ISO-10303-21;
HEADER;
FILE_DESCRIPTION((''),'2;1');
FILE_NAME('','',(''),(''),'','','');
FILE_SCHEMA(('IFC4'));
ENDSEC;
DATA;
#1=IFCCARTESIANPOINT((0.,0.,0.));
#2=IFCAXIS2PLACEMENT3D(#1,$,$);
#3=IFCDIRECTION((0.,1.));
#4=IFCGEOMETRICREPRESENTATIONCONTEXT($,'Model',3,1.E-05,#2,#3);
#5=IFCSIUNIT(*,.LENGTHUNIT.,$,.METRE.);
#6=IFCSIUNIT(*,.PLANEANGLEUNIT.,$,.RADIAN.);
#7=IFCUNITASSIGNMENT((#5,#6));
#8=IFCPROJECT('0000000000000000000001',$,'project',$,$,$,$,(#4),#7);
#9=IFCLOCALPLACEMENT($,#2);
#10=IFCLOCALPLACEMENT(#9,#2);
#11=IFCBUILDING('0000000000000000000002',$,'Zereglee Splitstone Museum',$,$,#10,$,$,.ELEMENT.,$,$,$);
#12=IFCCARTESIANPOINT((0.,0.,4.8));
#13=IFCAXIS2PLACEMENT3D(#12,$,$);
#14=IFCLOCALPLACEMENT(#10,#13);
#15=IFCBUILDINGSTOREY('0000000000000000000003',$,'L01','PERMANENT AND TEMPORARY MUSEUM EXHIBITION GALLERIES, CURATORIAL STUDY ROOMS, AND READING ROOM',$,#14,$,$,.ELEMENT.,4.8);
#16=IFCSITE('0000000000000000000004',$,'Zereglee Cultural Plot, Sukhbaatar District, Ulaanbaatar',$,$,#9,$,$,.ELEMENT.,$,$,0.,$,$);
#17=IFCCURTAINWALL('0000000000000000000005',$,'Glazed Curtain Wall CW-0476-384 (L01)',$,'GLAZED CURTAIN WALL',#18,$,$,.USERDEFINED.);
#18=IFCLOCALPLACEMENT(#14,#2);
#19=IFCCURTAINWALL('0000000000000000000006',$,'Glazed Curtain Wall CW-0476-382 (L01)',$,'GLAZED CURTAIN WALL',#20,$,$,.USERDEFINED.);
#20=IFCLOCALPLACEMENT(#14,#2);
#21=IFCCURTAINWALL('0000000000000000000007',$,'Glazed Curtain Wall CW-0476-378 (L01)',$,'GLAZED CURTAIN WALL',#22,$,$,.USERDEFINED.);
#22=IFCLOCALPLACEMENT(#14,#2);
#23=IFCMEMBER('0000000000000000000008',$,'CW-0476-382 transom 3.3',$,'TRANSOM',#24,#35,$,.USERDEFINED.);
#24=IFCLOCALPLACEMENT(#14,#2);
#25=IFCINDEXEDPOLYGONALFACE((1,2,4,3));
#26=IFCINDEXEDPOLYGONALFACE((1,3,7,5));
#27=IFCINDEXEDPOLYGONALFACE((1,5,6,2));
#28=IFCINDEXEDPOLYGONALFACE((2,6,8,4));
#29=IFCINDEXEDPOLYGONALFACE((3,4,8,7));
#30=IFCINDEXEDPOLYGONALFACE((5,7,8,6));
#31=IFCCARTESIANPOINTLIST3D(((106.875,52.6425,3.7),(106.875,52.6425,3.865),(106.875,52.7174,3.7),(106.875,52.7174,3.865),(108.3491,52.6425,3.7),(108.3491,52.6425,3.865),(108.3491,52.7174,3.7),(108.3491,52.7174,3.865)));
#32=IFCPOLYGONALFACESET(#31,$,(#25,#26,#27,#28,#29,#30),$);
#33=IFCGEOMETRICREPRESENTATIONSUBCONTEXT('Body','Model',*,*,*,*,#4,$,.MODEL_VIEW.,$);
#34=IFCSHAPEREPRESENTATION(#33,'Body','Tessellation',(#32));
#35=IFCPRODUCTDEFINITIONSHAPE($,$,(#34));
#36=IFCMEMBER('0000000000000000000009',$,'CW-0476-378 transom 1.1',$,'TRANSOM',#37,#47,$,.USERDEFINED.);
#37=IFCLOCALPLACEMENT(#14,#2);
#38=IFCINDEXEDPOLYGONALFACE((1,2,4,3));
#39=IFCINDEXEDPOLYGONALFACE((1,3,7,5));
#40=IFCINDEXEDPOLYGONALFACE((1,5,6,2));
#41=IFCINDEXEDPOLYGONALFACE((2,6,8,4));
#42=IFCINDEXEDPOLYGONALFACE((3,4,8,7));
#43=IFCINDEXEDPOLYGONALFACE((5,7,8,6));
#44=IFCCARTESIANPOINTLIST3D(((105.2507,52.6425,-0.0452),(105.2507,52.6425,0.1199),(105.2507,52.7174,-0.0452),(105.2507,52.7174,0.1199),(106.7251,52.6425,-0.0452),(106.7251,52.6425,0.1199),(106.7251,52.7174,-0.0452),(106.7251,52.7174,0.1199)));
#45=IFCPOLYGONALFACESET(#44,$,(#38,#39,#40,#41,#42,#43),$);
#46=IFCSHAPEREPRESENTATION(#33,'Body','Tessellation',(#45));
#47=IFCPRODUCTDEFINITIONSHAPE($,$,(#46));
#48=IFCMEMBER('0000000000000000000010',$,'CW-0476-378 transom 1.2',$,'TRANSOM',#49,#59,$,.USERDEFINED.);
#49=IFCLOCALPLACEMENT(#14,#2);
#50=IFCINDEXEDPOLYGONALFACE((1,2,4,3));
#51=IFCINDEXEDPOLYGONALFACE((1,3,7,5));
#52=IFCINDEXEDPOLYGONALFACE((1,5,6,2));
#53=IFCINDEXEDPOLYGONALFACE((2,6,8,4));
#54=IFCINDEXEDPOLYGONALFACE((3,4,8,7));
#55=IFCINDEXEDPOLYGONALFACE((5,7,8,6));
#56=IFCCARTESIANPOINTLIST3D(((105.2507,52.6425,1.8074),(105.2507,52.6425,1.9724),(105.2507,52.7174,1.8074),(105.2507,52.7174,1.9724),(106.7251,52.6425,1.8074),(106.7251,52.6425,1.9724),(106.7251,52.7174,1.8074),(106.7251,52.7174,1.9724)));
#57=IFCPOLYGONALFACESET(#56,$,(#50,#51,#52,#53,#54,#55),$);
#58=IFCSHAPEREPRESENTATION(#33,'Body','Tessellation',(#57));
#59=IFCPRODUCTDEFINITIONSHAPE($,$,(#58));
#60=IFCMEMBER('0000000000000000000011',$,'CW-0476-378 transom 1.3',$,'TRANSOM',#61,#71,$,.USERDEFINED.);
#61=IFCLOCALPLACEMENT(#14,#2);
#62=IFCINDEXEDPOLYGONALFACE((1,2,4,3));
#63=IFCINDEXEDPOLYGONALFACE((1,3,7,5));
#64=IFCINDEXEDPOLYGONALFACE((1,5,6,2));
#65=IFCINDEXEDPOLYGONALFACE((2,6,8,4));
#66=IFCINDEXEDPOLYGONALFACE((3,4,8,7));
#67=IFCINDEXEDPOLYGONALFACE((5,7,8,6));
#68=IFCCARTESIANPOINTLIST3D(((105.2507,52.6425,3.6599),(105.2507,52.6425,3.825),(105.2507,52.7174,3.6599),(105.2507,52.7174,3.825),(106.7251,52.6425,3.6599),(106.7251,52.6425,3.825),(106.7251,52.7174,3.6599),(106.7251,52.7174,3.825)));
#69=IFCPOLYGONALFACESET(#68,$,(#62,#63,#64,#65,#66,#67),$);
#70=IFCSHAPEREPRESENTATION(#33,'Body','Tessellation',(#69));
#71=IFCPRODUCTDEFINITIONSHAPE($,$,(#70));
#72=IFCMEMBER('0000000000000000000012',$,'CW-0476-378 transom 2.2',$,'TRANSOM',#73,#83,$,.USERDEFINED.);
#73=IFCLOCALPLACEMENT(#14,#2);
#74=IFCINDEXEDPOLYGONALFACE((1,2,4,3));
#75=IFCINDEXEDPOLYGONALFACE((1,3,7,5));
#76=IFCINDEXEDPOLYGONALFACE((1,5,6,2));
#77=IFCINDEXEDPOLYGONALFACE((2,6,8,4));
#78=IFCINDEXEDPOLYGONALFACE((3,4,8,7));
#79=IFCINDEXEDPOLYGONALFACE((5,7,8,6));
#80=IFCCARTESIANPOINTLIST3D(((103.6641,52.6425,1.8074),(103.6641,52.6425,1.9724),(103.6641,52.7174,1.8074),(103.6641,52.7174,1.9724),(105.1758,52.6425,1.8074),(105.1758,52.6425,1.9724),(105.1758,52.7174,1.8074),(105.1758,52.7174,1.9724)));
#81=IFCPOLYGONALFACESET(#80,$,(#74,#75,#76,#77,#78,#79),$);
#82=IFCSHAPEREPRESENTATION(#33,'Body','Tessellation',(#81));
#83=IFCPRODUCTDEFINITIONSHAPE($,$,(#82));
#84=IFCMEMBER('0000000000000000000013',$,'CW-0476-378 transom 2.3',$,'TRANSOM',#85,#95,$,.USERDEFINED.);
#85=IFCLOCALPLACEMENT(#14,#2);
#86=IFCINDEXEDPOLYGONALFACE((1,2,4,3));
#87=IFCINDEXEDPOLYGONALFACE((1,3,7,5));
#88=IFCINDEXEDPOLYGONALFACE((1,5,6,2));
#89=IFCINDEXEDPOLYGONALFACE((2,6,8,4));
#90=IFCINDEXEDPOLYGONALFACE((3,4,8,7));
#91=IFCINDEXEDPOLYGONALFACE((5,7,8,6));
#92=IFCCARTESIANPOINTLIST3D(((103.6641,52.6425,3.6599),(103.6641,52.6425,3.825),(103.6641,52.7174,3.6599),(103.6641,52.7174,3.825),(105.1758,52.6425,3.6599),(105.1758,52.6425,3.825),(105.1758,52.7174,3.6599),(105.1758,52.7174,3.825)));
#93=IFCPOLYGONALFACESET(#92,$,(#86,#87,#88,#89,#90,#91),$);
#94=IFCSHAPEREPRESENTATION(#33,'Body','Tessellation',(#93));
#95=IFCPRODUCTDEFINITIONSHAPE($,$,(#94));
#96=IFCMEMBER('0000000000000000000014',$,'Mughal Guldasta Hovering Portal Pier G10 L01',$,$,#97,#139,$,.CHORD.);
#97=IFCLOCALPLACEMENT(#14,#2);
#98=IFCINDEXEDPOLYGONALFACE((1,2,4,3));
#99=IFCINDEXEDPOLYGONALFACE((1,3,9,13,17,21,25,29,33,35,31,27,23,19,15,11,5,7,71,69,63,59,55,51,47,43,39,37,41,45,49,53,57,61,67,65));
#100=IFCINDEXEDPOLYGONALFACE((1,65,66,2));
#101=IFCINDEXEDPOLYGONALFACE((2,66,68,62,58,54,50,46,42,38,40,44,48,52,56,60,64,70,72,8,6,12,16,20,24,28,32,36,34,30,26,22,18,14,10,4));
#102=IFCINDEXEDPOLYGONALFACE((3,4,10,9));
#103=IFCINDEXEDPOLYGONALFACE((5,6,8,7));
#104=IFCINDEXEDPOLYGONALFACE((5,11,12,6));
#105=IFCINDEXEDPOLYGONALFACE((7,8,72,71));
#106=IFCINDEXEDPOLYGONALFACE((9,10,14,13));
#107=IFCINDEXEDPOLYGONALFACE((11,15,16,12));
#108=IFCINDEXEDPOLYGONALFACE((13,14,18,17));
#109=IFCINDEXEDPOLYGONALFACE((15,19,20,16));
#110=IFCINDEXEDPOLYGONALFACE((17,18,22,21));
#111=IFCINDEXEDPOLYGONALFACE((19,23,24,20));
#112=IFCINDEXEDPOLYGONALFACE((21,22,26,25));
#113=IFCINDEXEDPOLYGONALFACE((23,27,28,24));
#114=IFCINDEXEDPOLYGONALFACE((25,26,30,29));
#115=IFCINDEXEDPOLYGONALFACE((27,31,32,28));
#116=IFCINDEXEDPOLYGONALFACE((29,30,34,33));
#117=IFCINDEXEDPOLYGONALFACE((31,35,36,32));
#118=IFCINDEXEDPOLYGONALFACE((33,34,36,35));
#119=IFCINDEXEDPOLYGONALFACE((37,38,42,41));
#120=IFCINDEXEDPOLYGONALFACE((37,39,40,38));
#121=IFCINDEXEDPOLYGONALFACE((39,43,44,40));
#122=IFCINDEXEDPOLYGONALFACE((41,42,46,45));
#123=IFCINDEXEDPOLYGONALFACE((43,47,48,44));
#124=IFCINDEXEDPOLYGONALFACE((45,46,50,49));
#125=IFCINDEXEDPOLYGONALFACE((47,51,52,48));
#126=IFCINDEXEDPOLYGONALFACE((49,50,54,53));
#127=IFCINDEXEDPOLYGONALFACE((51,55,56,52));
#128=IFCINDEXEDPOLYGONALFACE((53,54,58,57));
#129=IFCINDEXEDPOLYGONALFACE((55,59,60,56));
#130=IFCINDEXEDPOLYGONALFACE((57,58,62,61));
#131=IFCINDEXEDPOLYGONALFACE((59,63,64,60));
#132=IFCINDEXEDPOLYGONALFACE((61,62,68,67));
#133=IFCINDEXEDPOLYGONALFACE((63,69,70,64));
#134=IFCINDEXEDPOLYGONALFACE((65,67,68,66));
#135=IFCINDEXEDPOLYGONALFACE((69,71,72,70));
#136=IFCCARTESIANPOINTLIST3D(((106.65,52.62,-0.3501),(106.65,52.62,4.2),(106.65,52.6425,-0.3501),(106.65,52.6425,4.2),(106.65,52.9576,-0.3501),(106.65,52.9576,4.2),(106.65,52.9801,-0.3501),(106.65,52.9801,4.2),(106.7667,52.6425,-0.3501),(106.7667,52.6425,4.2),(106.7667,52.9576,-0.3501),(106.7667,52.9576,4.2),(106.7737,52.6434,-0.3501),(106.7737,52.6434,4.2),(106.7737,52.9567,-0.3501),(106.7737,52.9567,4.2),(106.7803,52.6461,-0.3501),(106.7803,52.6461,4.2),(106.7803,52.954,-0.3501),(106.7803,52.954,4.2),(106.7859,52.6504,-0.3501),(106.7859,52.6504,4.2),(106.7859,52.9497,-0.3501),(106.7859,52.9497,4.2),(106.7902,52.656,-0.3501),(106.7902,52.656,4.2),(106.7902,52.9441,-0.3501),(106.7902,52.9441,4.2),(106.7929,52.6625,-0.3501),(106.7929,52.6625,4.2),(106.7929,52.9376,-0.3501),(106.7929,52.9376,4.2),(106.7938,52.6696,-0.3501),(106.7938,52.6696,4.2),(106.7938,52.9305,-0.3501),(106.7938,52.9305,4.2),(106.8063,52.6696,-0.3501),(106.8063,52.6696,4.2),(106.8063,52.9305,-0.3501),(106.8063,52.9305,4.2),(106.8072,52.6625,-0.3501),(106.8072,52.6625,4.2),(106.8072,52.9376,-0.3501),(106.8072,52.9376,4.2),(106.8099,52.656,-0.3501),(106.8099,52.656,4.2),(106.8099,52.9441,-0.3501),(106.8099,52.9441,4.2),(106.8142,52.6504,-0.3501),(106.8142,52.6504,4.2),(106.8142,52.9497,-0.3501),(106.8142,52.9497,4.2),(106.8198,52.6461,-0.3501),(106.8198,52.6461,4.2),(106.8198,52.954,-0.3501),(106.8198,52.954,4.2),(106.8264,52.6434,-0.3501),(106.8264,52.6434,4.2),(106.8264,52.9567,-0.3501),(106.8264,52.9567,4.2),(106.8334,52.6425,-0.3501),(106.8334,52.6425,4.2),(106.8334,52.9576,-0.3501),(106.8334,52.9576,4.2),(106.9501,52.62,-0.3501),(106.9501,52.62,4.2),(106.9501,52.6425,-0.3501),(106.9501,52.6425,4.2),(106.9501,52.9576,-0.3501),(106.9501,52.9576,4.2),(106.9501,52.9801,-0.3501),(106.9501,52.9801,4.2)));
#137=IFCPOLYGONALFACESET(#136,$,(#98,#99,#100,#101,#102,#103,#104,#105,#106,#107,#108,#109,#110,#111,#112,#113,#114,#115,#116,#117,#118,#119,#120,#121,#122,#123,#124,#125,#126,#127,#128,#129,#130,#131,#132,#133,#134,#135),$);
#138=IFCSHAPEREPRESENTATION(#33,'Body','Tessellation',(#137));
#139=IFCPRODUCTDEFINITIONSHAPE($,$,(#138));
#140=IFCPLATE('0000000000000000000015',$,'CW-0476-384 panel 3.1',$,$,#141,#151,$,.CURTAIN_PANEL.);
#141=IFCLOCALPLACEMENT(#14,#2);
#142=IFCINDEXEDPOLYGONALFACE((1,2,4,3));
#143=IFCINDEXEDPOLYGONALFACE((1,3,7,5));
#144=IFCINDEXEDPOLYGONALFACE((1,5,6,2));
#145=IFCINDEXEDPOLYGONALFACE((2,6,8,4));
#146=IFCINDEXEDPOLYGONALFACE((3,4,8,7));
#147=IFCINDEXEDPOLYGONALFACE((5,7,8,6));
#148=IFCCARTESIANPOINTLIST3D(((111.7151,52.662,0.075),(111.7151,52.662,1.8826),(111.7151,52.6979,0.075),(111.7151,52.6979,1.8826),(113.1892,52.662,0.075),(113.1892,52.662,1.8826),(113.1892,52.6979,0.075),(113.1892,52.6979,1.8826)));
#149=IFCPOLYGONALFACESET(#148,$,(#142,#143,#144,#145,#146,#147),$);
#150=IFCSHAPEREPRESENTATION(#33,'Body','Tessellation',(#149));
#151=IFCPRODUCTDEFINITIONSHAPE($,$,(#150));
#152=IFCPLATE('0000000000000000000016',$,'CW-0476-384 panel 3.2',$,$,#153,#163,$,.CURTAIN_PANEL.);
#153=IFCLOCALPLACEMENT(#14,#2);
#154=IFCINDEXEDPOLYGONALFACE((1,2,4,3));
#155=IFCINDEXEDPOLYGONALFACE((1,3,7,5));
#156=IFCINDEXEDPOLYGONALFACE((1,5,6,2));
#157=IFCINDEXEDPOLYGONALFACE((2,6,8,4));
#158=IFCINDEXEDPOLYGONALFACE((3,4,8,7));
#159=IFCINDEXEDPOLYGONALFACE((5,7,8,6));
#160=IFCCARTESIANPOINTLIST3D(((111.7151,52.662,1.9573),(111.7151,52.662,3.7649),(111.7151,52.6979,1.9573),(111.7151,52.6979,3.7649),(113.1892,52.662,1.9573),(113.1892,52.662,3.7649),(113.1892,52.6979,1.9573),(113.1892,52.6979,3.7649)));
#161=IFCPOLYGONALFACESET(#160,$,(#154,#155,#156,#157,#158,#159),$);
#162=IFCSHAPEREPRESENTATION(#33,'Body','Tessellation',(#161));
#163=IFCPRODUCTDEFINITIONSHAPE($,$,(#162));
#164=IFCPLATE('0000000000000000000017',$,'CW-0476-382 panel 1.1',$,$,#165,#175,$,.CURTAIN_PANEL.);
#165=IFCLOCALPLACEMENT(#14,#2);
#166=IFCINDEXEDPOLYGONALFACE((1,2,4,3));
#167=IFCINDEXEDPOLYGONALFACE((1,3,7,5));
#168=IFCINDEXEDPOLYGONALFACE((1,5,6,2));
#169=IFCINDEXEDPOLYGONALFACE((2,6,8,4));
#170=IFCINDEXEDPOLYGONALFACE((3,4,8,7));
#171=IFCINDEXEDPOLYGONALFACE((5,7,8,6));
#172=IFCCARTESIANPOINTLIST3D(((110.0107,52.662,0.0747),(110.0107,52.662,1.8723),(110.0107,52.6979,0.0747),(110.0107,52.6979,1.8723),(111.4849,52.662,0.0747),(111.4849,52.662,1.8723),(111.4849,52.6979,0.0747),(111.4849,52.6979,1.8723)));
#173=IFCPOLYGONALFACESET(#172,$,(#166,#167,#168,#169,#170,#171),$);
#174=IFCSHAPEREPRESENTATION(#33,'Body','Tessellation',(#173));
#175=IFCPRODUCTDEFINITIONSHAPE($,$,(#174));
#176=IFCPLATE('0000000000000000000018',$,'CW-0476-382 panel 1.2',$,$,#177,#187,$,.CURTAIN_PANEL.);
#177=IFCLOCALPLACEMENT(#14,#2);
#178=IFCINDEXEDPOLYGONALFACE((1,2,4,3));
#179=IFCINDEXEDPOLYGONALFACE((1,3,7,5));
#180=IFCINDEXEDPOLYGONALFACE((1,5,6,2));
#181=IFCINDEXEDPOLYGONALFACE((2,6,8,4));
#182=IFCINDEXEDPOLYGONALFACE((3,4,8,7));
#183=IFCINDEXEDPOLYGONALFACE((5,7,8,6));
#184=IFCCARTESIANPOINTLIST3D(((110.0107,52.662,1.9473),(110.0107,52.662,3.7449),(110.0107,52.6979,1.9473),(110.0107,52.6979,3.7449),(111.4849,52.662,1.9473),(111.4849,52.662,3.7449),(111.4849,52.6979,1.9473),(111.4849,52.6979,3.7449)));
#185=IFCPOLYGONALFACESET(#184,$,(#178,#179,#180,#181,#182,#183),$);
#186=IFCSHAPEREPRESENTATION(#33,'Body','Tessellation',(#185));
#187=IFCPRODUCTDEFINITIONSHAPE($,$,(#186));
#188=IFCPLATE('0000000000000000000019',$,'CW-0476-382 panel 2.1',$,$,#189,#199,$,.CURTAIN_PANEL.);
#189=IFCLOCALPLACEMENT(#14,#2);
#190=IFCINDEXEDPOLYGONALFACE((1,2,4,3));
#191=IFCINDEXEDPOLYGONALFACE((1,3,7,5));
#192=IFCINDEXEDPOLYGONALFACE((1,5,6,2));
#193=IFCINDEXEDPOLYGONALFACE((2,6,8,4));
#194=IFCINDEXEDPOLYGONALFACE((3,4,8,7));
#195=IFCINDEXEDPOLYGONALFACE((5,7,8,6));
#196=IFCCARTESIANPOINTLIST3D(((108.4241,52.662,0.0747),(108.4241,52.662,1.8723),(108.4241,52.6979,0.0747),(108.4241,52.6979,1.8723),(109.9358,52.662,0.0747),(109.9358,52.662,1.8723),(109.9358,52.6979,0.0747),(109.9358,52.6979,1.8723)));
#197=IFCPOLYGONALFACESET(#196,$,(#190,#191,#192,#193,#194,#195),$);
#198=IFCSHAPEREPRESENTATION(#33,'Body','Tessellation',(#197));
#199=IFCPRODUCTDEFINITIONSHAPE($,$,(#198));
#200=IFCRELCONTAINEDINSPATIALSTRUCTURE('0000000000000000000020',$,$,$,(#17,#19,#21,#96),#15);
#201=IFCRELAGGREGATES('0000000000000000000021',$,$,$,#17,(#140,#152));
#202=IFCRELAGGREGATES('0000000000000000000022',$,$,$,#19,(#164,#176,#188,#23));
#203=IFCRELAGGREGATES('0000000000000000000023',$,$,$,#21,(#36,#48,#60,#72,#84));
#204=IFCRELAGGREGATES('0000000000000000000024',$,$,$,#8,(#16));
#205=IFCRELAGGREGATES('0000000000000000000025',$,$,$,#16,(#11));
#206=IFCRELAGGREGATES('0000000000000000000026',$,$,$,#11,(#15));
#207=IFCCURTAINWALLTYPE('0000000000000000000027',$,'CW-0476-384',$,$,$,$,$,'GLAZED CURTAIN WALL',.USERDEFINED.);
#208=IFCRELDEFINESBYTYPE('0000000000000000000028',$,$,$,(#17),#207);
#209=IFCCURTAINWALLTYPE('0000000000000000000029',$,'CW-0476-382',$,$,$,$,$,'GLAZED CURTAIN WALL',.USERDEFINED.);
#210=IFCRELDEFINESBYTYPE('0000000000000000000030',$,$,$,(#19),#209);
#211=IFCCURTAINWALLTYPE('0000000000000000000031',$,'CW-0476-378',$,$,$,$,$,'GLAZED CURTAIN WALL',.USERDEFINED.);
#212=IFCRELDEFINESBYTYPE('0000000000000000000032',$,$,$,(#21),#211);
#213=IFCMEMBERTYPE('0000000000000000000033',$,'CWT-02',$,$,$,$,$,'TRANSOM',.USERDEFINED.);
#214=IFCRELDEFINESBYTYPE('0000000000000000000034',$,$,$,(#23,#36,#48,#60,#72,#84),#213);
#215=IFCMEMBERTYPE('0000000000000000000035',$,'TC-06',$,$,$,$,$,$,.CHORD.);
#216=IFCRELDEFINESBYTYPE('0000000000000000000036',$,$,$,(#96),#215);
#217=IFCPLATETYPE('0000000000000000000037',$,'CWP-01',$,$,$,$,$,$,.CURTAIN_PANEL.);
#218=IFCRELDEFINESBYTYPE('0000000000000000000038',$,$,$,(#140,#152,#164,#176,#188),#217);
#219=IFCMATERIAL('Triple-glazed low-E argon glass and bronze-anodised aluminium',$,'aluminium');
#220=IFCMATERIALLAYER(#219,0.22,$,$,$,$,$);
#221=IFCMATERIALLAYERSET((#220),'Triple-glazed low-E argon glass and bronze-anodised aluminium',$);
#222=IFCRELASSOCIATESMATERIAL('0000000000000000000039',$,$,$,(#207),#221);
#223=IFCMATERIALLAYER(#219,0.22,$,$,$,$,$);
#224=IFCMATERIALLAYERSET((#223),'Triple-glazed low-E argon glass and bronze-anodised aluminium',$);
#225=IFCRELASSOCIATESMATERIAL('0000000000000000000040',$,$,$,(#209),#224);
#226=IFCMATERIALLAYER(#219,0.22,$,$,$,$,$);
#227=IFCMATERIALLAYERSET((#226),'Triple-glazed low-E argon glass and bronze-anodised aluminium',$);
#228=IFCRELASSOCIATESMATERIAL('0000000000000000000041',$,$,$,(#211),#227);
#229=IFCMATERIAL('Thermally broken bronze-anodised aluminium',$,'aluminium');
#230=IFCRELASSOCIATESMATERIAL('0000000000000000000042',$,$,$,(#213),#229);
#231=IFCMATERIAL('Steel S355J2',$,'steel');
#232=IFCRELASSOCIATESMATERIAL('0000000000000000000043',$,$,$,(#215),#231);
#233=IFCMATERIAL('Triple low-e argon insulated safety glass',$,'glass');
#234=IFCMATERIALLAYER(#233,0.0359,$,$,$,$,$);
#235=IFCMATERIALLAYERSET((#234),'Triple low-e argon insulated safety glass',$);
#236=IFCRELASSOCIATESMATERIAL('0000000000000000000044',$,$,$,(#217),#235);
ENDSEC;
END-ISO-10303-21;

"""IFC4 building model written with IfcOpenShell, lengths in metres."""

from ifc_helpers import new_model, si_unit, direction, frame, origin, origin_2d, place, context, subcontext, project, spatial, rectangle, i_section, extrude, material, layer, layer_set, material_profile, profile_set, type_object, element, aggregate, save


model = new_model("IFC4")

# Units and contexts
model_context = context("Model", 3, precision=1e-05, world=origin(), true_north=direction((0.0, 1.0)))
body_context = subcontext(model_context, "Body", "Model", "MODEL_VIEW")
ifc_project = project(units=[si_unit("LENGTHUNIT", "METRE"), si_unit("PLANEANGLEUNIT", "RADIAN")], contexts=[model_context])

# Site, building, storey
site_placement = place(None, origin())
site = spatial("IfcSite", under=ifc_project, at=site_placement, Name="Zereglee Cultural Plot, Sukhbaatar District, Ulaanbaatar", CompositionType="ELEMENT", RefElevation=0.0)
building_placement = place(site_placement, origin())
building = spatial("IfcBuilding", under=site, at=building_placement, Name="Zereglee Splitstone Museum", CompositionType="ELEMENT")
storey_placement = place(building_placement, frame((0.0, 0.0, 4.8)))
storey = spatial("IfcBuildingStorey", under=building, at=storey_placement, Name="L01", Description="PERMANENT AND TEMPORARY MUSEUM EXHIBITION GALLERIES, CURATORIAL STUDY ROOMS, AND READING ROOM", CompositionType="ELEMENT", Elevation=4.8)

# Curtain wall
ifc_material_1 = material(Name="Triple-glazed low-E argon glass and bronze-anodised aluminium", Category="aluminium")
ifc_layer_1 = layer(ifc_material_1, 0.22)
ifc_layer_set_1 = layer_set([ifc_layer_1], Name="Triple-glazed low-E argon glass and bronze-anodised aluminium")
curtain_wall_type_1 = type_object("IfcCurtainWallType", Name="CW-0476-384", ElementType="GLAZED CURTAIN WALL", PredefinedType="USERDEFINED", material=ifc_layer_set_1)
curtain_wall_1_placement = place(storey_placement, origin())
curtain_wall_1 = element("IfcCurtainWall", 1, at=curtain_wall_1_placement, inside=storey, type_object=curtain_wall_type_1, Name="Glazed Curtain Wall CW-0476-384 (L01)", ObjectType="GLAZED CURTAIN WALL", PredefinedType="USERDEFINED")
ifc_material_2 = material(Name="Thermally broken bronze-anodised aluminium", Category="aluminium")

# Curtain walls
ifc_layer_2 = layer(ifc_material_1, 0.22)
ifc_layer_set_2 = layer_set([ifc_layer_2], Name="Triple-glazed low-E argon glass and bronze-anodised aluminium")
curtain_wall_type_2 = type_object("IfcCurtainWallType", Name="CW-0476-382", ElementType="GLAZED CURTAIN WALL", PredefinedType="USERDEFINED", material=ifc_layer_set_2)
curtain_wall_2_placement = place(storey_placement, origin())
curtain_wall_2 = element("IfcCurtainWall", 2, at=curtain_wall_2_placement, inside=storey, type_object=curtain_wall_type_2, Name="Glazed Curtain Wall CW-0476-382 (L01)", ObjectType="GLAZED CURTAIN WALL", PredefinedType="USERDEFINED")
ifc_layer_3 = layer(ifc_material_1, 0.22)
ifc_layer_set_3 = layer_set([ifc_layer_3], Name="Triple-glazed low-E argon glass and bronze-anodised aluminium")
curtain_wall_type_3 = type_object("IfcCurtainWallType", Name="CW-0476-378", ElementType="GLAZED CURTAIN WALL", PredefinedType="USERDEFINED", material=ifc_layer_set_3)
curtain_wall_3_placement = place(storey_placement, origin())
curtain_wall_3 = element("IfcCurtainWall", 3, at=curtain_wall_3_placement, inside=storey, type_object=curtain_wall_type_3, Name="Glazed Curtain Wall CW-0476-378 (L01)", ObjectType="GLAZED CURTAIN WALL", PredefinedType="USERDEFINED")

# Members
ifc_material_profile_1 = material_profile(ifc_material_2, rectangle(XDim=0.075, YDim=0.165, at=origin_2d()), Name="CW TRAN 75x165")
ifc_profile_set_1 = profile_set([ifc_material_profile_1], Name="Thermally broken bronze-anodised aluminium")
member_type_1 = type_object("IfcMemberType", Name="CWT-02", ElementType="TRANSOM", PredefinedType="USERDEFINED", material=ifc_profile_set_1)
member_1_placement = place(storey_placement, frame((108.3491, 52.6799, 3.7825), z_axis=(-1.0, 0.0, 0.0), x_axis=(0.0, -1.0, 0.0)))
member_1 = element("IfcMember", 4, at=member_1_placement, type_object=member_type_1, Name="CW-0476-382 transom 3.3", ObjectType="TRANSOM", PredefinedType="USERDEFINED", context=body_context, shape_type="SweptSolid", body=[
    extrude(rectangle(XDim=0.075, YDim=0.165, at=origin_2d()), origin(), (0.0, 0.0, 1.0), 1.4741),
])
member_2_placement = place(storey_placement, frame((106.7251, 52.6799, 0.0374), z_axis=(-1.0, 0.0, 0.0), x_axis=(0.0, -1.0, 0.0)))
member_2 = element("IfcMember", 5, at=member_2_placement, type_object=member_type_1, Name="CW-0476-378 transom 1.1", ObjectType="TRANSOM", PredefinedType="USERDEFINED", context=body_context, shape_type="SweptSolid", body=[
    extrude(rectangle(XDim=0.075, YDim=0.165, at=origin_2d()), origin(), (0.0, 0.0, 1.0), 1.4744),
])
member_3_placement = place(storey_placement, frame((106.7251, 52.6799, 1.8899), z_axis=(-1.0, 0.0, 0.0), x_axis=(0.0, -1.0, 0.0)))
member_3 = element("IfcMember", 6, at=member_3_placement, type_object=member_type_1, Name="CW-0476-378 transom 1.2", ObjectType="TRANSOM", PredefinedType="USERDEFINED", context=body_context, shape_type="SweptSolid", body=[
    extrude(rectangle(XDim=0.075, YDim=0.165, at=origin_2d()), origin(), (0.0, 0.0, 1.0), 1.4744),
])
member_4_placement = place(storey_placement, frame((106.7251, 52.6799, 3.7424), z_axis=(-1.0, 0.0, 0.0), x_axis=(0.0, -1.0, 0.0)))
member_4 = element("IfcMember", 7, at=member_4_placement, type_object=member_type_1, Name="CW-0476-378 transom 1.3", ObjectType="TRANSOM", PredefinedType="USERDEFINED", context=body_context, shape_type="SweptSolid", body=[
    extrude(rectangle(XDim=0.075, YDim=0.165, at=origin_2d()), origin(), (0.0, 0.0, 1.0), 1.4744),
])
member_5_placement = place(storey_placement, frame((105.1758, 52.6799, 1.8899), z_axis=(-1.0, 0.0, 0.0), x_axis=(0.0, -1.0, 0.0)))
member_5 = element("IfcMember", 8, at=member_5_placement, type_object=member_type_1, Name="CW-0476-378 transom 2.2", ObjectType="TRANSOM", PredefinedType="USERDEFINED", context=body_context, shape_type="SweptSolid", body=[
    extrude(rectangle(XDim=0.075, YDim=0.165, at=origin_2d()), origin(), (0.0, 0.0, 1.0), 1.5117),
])
member_6_placement = place(storey_placement, frame((105.1758, 52.6799, 3.7424), z_axis=(-1.0, 0.0, 0.0), x_axis=(0.0, -1.0, 0.0)))
member_6 = element("IfcMember", 9, at=member_6_placement, type_object=member_type_1, Name="CW-0476-378 transom 2.3", ObjectType="TRANSOM", PredefinedType="USERDEFINED", context=body_context, shape_type="SweptSolid", body=[
    extrude(rectangle(XDim=0.075, YDim=0.165, at=origin_2d()), origin(), (0.0, 0.0, 1.0), 1.5117),
])
ifc_material_3 = material(Name="Steel S355J2", Category="steel")
ifc_material_profile_2 = material_profile(ifc_material_3, i_section(OverallWidth=0.3, OverallDepth=0.3601, WebThickness=0.0125, FlangeThickness=0.0225, FilletRadius=0.0271, at=origin_2d()), Name="HE 360 B")
ifc_profile_set_2 = profile_set([ifc_material_profile_2], Name="Steel S355J2")
member_type_2 = type_object("IfcMemberType", Name="TC-06", PredefinedType="CHORD", material=ifc_profile_set_2)
member_7_placement = place(storey_placement, frame((106.8, 52.8, -0.3501), z_axis=(0.0, 0.0, 1.0), x_axis=(1.0, 0.0, 0.0)))
element("IfcMember", 10, at=member_7_placement, inside=storey, type_object=member_type_2, Name="Mughal Guldasta Hovering Portal Pier G10 L01", PredefinedType="CHORD", context=body_context, shape_type="SweptSolid", body=[
    extrude(i_section(OverallWidth=0.3, OverallDepth=0.3601, WebThickness=0.0125, FlangeThickness=0.0225, FilletRadius=0.0271, at=origin_2d()), origin(), (0.0, 0.0, 1.0), 4.55),
])

# Plates
ifc_material_4 = material(Name="Triple low-e argon insulated safety glass", Category="glass")
ifc_layer_4 = layer(ifc_material_4, 0.0359)
ifc_layer_set_4 = layer_set([ifc_layer_4], Name="Triple low-e argon insulated safety glass")
plate_type = type_object("IfcPlateType", Name="CWP-01", PredefinedType="CURTAIN_PANEL", material=ifc_layer_set_4)
plate_1_placement = place(storey_placement, frame((112.4521, 52.6799, 0.075), z_axis=(0.0, 0.0, 1.0), x_axis=(-1.0, 0.0, 0.0)))
plate_1 = element("IfcPlate", 11, at=plate_1_placement, type_object=plate_type, Name="CW-0476-384 panel 3.1", PredefinedType="CURTAIN_PANEL", context=body_context, shape_type="SweptSolid", body=[
    extrude(rectangle(XDim=1.4741, YDim=0.0359, at=origin_2d()), origin(), (0.0, 0.0, 1.0), 1.8076),
])
plate_2_placement = place(storey_placement, frame((112.4521, 52.6799, 1.9573), z_axis=(0.0, 0.0, 1.0), x_axis=(-1.0, 0.0, 0.0)))
plate_2 = element("IfcPlate", 12, at=plate_2_placement, type_object=plate_type, Name="CW-0476-384 panel 3.2", PredefinedType="CURTAIN_PANEL", context=body_context, shape_type="SweptSolid", body=[
    extrude(rectangle(XDim=1.4741, YDim=0.0359, at=origin_2d()), origin(), (0.0, 0.0, 1.0), 1.8076),
])
aggregate(curtain_wall_1, [plate_1, plate_2])
plate_3_placement = place(storey_placement, frame((110.7478, 52.6799, 0.0747), z_axis=(0.0, 0.0, 1.0), x_axis=(-1.0, 0.0, 0.0)))
plate_3 = element("IfcPlate", 13, at=plate_3_placement, type_object=plate_type, Name="CW-0476-382 panel 1.1", PredefinedType="CURTAIN_PANEL", context=body_context, shape_type="SweptSolid", body=[
    extrude(rectangle(XDim=1.4741, YDim=0.0359, at=origin_2d()), origin(), (0.0, 0.0, 1.0), 1.7976),
])
plate_4_placement = place(storey_placement, frame((110.7478, 52.6799, 1.9473), z_axis=(0.0, 0.0, 1.0), x_axis=(-1.0, 0.0, 0.0)))
plate_4 = element("IfcPlate", 14, at=plate_4_placement, type_object=plate_type, Name="CW-0476-382 panel 1.2", PredefinedType="CURTAIN_PANEL", context=body_context, shape_type="SweptSolid", body=[
    extrude(rectangle(XDim=1.4741, YDim=0.0359, at=origin_2d()), origin(), (0.0, 0.0, 1.0), 1.7976),
])
plate_5_placement = place(storey_placement, frame((109.1799, 52.6799, 0.0747), z_axis=(0.0, 0.0, 1.0), x_axis=(-1.0, 0.0, 0.0)))
plate_5 = element("IfcPlate", 15, at=plate_5_placement, type_object=plate_type, Name="CW-0476-382 panel 2.1", PredefinedType="CURTAIN_PANEL", context=body_context, shape_type="SweptSolid", body=[
    extrude(rectangle(XDim=1.5117, YDim=0.0359, at=origin_2d()), origin(), (0.0, 0.0, 1.0), 1.7976),
])
aggregate(curtain_wall_2, [plate_3, plate_4, plate_5, member_1])
aggregate(curtain_wall_3, [member_2, member_3, member_4, member_5, member_6])

save(model, "model.ifc")
